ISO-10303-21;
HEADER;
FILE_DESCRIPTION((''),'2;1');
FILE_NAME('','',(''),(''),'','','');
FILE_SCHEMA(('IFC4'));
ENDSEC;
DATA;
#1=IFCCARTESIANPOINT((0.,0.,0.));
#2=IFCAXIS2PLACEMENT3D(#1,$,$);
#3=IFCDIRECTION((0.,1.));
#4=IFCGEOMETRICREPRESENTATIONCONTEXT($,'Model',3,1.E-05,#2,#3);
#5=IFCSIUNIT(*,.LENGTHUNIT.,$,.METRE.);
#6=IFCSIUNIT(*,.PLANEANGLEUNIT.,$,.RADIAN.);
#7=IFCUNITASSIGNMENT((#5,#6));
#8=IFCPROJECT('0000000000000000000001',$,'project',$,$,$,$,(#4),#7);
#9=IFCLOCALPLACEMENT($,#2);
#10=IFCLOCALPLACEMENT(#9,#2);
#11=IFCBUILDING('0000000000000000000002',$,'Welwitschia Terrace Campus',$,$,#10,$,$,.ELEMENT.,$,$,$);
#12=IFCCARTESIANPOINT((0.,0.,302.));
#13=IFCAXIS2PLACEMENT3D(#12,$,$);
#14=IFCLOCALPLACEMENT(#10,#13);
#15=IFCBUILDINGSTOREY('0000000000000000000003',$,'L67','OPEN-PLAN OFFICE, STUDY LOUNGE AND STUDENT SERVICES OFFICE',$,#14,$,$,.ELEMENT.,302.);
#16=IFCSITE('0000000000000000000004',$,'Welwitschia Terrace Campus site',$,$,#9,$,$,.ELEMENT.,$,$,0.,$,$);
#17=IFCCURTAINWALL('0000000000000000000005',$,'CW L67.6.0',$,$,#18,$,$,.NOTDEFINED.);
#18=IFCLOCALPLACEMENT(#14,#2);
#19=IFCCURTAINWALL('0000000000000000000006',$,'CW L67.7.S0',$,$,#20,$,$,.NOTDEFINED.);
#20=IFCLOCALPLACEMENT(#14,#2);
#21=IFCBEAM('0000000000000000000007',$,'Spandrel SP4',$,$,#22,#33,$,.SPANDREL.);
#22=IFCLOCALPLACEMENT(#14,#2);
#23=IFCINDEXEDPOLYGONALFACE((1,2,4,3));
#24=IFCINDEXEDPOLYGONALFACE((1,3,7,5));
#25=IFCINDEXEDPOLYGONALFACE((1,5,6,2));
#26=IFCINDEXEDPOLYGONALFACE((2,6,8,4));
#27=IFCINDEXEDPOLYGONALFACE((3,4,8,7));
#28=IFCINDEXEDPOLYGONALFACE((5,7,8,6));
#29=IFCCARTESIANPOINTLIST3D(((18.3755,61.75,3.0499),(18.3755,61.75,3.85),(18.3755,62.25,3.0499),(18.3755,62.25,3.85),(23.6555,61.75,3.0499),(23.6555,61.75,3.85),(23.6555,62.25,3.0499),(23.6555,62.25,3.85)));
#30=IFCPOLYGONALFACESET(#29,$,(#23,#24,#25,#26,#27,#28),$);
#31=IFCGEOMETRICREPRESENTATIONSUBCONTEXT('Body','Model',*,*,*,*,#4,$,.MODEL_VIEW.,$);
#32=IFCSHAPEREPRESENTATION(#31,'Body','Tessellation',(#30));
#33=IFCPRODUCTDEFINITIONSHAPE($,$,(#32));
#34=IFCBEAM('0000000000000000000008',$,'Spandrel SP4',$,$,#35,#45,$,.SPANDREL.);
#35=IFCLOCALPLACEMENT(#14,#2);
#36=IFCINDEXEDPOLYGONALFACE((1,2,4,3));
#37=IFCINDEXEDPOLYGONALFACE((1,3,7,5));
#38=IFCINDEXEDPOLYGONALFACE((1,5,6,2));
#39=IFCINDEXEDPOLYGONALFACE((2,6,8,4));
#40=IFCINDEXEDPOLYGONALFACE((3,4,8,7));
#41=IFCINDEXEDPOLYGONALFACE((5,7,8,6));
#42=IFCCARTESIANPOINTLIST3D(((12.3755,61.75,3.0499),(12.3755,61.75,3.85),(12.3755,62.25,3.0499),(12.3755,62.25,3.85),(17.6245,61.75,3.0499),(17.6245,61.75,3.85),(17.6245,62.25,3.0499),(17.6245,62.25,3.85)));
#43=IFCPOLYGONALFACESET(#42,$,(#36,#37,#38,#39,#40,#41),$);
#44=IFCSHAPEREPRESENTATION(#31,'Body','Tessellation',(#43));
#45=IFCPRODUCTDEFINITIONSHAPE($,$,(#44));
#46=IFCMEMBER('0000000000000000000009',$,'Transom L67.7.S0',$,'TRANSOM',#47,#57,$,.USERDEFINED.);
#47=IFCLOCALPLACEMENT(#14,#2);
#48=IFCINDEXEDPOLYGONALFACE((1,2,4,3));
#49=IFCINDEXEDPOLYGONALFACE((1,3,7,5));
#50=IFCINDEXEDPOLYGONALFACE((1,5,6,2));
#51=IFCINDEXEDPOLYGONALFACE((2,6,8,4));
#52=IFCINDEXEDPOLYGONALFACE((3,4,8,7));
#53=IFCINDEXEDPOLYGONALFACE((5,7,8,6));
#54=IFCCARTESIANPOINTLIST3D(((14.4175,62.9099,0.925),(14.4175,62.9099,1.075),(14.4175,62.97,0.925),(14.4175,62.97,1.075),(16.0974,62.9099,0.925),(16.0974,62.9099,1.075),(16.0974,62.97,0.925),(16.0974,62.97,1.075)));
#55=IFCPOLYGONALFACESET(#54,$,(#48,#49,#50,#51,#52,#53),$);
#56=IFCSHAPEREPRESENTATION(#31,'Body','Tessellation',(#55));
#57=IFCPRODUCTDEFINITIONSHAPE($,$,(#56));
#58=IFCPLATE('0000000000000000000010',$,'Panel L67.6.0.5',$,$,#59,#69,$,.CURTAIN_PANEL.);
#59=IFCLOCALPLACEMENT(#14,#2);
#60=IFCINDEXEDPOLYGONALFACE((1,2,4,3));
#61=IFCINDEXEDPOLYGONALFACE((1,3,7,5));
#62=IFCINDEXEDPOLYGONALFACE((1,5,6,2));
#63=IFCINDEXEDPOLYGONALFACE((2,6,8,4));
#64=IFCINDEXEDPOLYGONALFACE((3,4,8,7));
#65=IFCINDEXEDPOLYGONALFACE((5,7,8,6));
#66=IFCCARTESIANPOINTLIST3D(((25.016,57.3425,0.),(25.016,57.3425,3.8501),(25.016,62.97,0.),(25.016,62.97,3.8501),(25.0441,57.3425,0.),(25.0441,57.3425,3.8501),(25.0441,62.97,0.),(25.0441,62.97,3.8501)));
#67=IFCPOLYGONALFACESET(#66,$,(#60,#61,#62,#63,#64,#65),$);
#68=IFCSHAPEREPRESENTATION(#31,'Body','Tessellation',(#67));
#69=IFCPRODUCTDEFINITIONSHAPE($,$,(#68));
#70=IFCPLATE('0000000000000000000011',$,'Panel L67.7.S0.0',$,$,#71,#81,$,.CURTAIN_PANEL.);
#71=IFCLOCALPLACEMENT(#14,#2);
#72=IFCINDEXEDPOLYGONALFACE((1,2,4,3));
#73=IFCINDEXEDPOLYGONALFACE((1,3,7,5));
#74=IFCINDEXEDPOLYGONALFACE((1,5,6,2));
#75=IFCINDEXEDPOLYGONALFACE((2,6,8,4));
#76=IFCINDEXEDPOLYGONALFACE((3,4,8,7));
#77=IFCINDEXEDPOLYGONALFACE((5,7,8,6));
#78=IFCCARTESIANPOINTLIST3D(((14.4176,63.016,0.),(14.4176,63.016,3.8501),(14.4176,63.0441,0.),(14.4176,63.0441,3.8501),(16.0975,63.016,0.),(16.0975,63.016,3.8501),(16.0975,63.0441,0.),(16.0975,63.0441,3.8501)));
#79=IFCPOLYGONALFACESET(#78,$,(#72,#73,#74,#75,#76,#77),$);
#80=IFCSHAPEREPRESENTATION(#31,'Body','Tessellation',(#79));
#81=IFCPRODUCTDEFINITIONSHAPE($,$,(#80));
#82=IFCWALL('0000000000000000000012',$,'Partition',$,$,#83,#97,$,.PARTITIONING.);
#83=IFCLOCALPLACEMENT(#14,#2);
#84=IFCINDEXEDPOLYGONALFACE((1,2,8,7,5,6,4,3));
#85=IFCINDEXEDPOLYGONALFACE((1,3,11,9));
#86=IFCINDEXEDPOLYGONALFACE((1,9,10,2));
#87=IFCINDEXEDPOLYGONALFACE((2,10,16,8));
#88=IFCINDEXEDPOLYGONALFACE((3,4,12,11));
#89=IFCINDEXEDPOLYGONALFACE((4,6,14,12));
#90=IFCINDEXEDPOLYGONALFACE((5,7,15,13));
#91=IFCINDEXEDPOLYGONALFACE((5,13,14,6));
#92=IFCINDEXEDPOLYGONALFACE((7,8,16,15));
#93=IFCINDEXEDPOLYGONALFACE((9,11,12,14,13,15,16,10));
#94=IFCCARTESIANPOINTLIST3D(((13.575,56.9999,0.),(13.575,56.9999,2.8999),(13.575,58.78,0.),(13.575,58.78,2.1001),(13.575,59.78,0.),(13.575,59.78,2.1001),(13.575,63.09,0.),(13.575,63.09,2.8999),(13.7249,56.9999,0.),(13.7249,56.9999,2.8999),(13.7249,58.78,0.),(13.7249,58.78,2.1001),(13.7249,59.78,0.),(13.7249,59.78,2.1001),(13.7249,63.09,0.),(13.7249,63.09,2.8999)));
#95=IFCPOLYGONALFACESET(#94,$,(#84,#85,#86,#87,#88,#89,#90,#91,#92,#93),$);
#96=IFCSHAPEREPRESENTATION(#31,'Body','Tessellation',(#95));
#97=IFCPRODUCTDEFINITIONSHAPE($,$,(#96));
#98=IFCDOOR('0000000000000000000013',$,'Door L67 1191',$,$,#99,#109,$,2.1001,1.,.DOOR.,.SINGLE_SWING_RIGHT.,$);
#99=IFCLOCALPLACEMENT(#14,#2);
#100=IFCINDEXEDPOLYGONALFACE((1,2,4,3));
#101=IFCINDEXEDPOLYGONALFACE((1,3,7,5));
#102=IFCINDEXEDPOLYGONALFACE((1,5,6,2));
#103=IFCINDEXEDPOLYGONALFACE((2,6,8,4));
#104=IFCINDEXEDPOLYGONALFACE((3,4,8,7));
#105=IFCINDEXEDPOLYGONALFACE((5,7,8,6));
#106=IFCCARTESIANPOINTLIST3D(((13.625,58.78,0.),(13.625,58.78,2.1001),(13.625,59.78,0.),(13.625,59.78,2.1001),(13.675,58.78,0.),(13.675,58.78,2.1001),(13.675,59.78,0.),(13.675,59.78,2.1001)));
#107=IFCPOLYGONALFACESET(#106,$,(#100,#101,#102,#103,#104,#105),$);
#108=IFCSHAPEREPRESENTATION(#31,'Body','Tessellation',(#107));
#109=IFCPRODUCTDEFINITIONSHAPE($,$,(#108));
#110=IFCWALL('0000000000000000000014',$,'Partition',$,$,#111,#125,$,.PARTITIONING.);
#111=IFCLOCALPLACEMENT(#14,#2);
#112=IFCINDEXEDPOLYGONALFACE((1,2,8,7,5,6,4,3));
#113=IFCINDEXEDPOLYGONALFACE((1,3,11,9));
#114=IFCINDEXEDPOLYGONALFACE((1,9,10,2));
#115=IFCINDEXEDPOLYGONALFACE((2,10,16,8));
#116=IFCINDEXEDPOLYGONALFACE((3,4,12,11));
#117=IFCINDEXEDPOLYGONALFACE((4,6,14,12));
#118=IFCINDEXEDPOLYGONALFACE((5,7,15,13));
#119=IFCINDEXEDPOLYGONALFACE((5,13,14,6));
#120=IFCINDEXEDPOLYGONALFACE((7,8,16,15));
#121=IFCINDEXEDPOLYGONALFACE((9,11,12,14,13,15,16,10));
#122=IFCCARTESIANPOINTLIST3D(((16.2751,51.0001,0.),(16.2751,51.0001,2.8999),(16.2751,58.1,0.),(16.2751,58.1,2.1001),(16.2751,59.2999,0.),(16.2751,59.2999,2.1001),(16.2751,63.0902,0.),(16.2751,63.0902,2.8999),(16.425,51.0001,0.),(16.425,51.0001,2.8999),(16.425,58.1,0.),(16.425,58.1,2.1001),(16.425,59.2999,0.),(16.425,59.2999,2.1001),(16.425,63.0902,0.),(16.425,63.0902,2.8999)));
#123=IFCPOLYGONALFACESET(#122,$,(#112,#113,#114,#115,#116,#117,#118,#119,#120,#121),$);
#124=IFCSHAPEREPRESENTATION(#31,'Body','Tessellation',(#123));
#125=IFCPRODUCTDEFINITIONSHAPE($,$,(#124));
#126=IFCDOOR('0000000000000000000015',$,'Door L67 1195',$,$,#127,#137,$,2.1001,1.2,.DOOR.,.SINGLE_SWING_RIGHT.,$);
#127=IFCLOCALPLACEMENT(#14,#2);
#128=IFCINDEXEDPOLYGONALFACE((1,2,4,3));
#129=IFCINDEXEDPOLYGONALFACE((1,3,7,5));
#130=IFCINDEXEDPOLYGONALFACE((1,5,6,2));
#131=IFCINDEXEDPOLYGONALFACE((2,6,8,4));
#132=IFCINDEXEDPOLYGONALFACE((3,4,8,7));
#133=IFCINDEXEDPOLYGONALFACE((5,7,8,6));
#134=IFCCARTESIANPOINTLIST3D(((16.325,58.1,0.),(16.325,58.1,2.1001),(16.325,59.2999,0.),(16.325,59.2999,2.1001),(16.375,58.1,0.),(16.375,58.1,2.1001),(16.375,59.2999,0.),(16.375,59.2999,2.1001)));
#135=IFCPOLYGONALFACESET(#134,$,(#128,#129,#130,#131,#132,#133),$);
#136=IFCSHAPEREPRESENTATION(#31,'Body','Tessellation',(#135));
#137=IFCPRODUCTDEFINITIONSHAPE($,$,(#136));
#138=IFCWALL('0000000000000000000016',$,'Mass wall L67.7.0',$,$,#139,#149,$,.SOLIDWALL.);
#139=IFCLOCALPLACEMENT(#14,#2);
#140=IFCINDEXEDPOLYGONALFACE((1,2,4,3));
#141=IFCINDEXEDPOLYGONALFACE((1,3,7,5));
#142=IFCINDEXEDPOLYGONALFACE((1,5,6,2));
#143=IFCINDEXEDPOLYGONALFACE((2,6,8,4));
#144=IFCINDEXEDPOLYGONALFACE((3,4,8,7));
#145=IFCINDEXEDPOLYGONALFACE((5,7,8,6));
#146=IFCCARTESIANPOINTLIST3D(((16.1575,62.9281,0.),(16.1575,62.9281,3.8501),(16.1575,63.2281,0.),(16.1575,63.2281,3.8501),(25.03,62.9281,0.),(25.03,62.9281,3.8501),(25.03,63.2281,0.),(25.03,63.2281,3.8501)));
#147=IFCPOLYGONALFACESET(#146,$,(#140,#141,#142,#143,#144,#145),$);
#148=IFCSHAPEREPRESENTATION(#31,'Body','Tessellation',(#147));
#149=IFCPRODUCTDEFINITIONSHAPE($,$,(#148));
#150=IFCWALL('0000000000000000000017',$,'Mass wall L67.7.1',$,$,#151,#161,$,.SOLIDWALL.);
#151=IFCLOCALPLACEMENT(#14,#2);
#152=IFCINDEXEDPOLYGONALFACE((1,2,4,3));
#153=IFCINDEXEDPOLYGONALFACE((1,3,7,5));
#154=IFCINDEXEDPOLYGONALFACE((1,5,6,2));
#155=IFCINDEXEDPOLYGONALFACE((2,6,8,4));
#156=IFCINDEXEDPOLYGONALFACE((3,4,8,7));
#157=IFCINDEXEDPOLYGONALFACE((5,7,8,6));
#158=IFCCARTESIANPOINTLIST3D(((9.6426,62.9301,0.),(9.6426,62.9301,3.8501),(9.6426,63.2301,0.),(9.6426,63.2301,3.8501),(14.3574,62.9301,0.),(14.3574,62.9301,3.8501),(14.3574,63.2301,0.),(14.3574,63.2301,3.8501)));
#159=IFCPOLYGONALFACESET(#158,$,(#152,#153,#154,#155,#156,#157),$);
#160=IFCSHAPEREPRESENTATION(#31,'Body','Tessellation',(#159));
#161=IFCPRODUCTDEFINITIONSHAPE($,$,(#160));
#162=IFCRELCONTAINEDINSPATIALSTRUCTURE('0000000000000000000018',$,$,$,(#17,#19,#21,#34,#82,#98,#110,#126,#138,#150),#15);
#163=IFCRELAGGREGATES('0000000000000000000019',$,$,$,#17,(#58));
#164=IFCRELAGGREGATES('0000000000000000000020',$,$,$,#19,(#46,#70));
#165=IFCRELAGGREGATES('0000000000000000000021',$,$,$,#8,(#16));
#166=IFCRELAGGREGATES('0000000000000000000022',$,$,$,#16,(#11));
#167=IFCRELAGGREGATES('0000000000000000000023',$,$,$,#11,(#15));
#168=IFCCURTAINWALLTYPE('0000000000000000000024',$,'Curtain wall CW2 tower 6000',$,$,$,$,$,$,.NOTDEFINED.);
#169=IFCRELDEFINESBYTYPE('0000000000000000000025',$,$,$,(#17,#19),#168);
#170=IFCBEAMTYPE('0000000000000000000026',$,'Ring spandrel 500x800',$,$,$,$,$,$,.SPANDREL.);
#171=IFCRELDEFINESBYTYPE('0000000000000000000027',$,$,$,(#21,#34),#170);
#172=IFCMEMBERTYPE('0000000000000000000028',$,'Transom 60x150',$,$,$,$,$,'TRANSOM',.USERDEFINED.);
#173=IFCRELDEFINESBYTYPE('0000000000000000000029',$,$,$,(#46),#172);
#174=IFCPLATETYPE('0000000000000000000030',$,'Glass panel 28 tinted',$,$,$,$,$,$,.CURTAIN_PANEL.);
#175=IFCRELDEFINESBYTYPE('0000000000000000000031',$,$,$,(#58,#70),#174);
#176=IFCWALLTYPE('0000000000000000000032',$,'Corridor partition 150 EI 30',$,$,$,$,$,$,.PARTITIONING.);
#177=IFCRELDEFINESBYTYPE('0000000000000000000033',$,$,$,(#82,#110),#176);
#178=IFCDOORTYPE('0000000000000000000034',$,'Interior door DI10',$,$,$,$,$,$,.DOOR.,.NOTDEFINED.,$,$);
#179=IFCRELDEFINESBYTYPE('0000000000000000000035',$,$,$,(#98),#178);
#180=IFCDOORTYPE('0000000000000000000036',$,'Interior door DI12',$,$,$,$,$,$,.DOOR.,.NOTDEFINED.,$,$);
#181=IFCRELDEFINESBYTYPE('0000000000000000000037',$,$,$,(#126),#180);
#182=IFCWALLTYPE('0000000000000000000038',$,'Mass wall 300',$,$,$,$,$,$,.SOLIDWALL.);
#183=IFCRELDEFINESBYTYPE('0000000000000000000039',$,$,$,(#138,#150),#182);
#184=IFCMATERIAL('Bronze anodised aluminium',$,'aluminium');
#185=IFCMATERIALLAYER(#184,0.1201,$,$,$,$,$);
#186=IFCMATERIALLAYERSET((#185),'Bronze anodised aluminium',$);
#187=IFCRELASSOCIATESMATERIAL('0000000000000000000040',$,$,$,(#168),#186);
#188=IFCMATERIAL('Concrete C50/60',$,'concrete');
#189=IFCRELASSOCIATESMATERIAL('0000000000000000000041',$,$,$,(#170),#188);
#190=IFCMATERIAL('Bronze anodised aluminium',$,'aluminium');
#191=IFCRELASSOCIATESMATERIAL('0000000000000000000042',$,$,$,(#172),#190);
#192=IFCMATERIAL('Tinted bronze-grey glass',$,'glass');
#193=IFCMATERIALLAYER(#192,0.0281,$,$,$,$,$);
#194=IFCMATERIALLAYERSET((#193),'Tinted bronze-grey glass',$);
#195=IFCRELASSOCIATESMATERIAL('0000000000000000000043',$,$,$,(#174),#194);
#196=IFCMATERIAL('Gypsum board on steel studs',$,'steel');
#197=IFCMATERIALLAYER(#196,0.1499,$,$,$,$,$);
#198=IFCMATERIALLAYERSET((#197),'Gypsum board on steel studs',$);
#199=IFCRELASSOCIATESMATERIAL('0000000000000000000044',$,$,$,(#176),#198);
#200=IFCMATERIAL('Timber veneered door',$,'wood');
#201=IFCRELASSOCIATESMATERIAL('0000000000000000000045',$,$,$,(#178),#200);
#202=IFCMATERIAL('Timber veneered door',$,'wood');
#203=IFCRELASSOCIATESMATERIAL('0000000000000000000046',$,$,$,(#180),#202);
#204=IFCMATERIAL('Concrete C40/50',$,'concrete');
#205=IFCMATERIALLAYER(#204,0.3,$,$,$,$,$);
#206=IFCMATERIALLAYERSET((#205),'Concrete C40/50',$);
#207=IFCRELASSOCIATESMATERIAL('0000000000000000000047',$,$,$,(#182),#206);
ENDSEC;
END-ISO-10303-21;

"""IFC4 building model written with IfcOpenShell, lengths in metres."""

from ifc_helpers import new_model, si_unit, direction, frame, frame_2d, origin, origin_2d, place, context, subcontext, project, spatial, rectangle, extrude, material, layer, layer_set, material_profile, profile_set, type_object, element, fill, aggregate, save


model = new_model("IFC4")

# Units and contexts
model_context = context("Model", 3, precision=1e-05, world=origin(), true_north=direction((0.0, 1.0)))
body_context = subcontext(model_context, "Body", "Model", "MODEL_VIEW")
ifc_project = project(units=[si_unit("LENGTHUNIT", "METRE"), si_unit("PLANEANGLEUNIT", "RADIAN")], contexts=[model_context])

# Site, building, storey
site_placement = place(None, origin())
site = spatial("IfcSite", under=ifc_project, at=site_placement, Name="Welwitschia Terrace Campus site", CompositionType="ELEMENT", RefElevation=0.0)
building_placement = place(site_placement, origin())
building = spatial("IfcBuilding", under=site, at=building_placement, Name="Welwitschia Terrace Campus", CompositionType="ELEMENT")
storey_placement = place(building_placement, frame((0.0, 0.0, 302.0)))
storey = spatial("IfcBuildingStorey", under=building, at=storey_placement, Name="L67", Description="OPEN-PLAN OFFICE, STUDY LOUNGE AND STUDENT SERVICES OFFICE", CompositionType="ELEMENT", Elevation=302.0)

# Curtain walls
ifc_material_1 = material(Name="Bronze anodised aluminium", Category="aluminium")
ifc_layer_1 = layer(ifc_material_1, 0.1201)
ifc_layer_set_1 = layer_set([ifc_layer_1], Name="Bronze anodised aluminium")
curtain_wall_type = type_object("IfcCurtainWallType", Name="Curtain wall CW2 tower 6000", PredefinedType="NOTDEFINED", material=ifc_layer_set_1)
curtain_wall_1_placement = place(storey_placement, origin())
curtain_wall_1 = element("IfcCurtainWall", 1, at=curtain_wall_1_placement, inside=storey, type_object=curtain_wall_type, Name="CW L67.6.0", PredefinedType="NOTDEFINED")
curtain_wall_2_placement = place(storey_placement, origin())
curtain_wall_2 = element("IfcCurtainWall", 2, at=curtain_wall_2_placement, inside=storey, type_object=curtain_wall_type, Name="CW L67.7.S0", PredefinedType="NOTDEFINED")

# Beams
ifc_material_2 = material(Name="Concrete C50/60", Category="concrete")
ifc_material_profile_1 = material_profile(ifc_material_2, rectangle(XDim=0.5, YDim=0.8, at=origin_2d()))
ifc_profile_set_1 = profile_set([ifc_material_profile_1], Name="Concrete C50/60")
beam_type_1 = type_object("IfcBeamType", Name="Ring spandrel 500x800", PredefinedType="SPANDREL", material=ifc_profile_set_1)
for number, where, z_axis, x_axis, name in (
    (3, (23.6555, 62.0, 3.45), (-1.0, 0.0, 0.0), (0.0, -1.0, 0.0), "Spandrel SP4"),
):
    element("IfcBeam", number, at=place(storey_placement, frame(where, z_axis=z_axis, x_axis=x_axis)), inside=storey, type_object=beam_type_1, Name=name, PredefinedType="SPANDREL", context=body_context, shape_type="SweptSolid", body=[
        extrude(rectangle(XDim=0.5, YDim=0.8, at=origin_2d()), origin(), (0.0, 0.0, 1.0), 5.28),
    ])
beam_1_placement = place(storey_placement, frame((17.6245, 62.0, 3.45), z_axis=(-1.0, 0.0, 0.0), x_axis=(0.0, -1.0, 0.0)))
element("IfcBeam", 4, at=beam_1_placement, inside=storey, type_object=beam_type_1, Name="Spandrel SP4", PredefinedType="SPANDREL", context=body_context, shape_type="SweptSolid", body=[
    extrude(rectangle(XDim=0.5, YDim=0.8, at=origin_2d()), origin(), (0.0, 0.0, 1.0), 5.249),
])

# Member
ifc_material_3 = material(Name="Bronze anodised aluminium", Category="aluminium")
ifc_material_profile_2 = material_profile(ifc_material_3, rectangle(XDim=0.0601, YDim=0.1499, at=origin_2d()))
ifc_profile_set_2 = profile_set([ifc_material_profile_2], Name="Bronze anodised aluminium")
member_type_1 = type_object("IfcMemberType", Name="Transom 60x150", ElementType="TRANSOM", PredefinedType="USERDEFINED", material=ifc_profile_set_2)
member_1_placement = place(storey_placement, frame((16.0974, 62.9399, 1.0), z_axis=(-1.0, 0.0, 0.0), x_axis=(0.0, -1.0, 0.0)))
member_1 = element("IfcMember", 5, at=member_1_placement, type_object=member_type_1, Name="Transom L67.7.S0", ObjectType="TRANSOM", PredefinedType="USERDEFINED", context=body_context, shape_type="SweptSolid", body=[
    extrude(rectangle(XDim=0.0601, YDim=0.1499, at=origin_2d()), origin(), (0.0, 0.0, 1.0), 1.6799),
])

# Plates
ifc_material_4 = material(Name="Tinted bronze-grey glass", Category="glass")
ifc_layer_2 = layer(ifc_material_4, 0.0281)
ifc_layer_set_2 = layer_set([ifc_layer_2], Name="Tinted bronze-grey glass")
plate_type = type_object("IfcPlateType", Name="Glass panel 28 tinted", PredefinedType="CURTAIN_PANEL", material=ifc_layer_set_2)
plate_1_placement = place(storey_placement, frame((25.03, 60.1562, 0.0), z_axis=(0.0, 0.0, 1.0), x_axis=(0.0, 1.0, 0.0)))
plate_1 = element("IfcPlate", 6, at=plate_1_placement, type_object=plate_type, Name="Panel L67.6.0.5", PredefinedType="CURTAIN_PANEL", context=body_context, shape_type="SweptSolid", body=[
    extrude(rectangle(XDim=5.6274, YDim=0.0281, at=origin_2d()), origin(), (0.0, 0.0, 1.0), 3.8501),
])
aggregate(curtain_wall_1, [plate_1])
plate_2_placement = place(storey_placement, frame((15.2576, 63.03, 0.0), z_axis=(0.0, 0.0, 1.0), x_axis=(-1.0, 0.0, 0.0)))
plate_2 = element("IfcPlate", 7, at=plate_2_placement, type_object=plate_type, Name="Panel L67.7.S0.0", PredefinedType="CURTAIN_PANEL", context=body_context, shape_type="SweptSolid", body=[
    extrude(rectangle(XDim=1.6799, YDim=0.0281, at=origin_2d()), origin(), (0.0, 0.0, 1.0), 3.8501),
])
aggregate(curtain_wall_2, [member_1, plate_2])

# Walls, openings, doors
ifc_material_5 = material(Name="Gypsum board on steel studs", Category="steel")
ifc_layer_3 = layer(ifc_material_5, 0.1499)
ifc_layer_set_3 = layer_set([ifc_layer_3], Name="Gypsum board on steel studs")
wall_type_1 = type_object("IfcWallType", Name="Corridor partition 150 EI 30", PredefinedType="PARTITIONING", material=ifc_layer_set_3)
wall_1_placement = place(storey_placement, frame((13.6499, 57.0, 0.0), z_axis=(0.0, 0.0, 1.0), x_axis=(0.0, 1.0, 0.0)))
wall_1 = element("IfcWall", 8, at=wall_1_placement, inside=storey, type_object=wall_type_1, Name="Partition", PredefinedType="PARTITIONING", context=body_context, shape_type="SweptSolid", body=[
    extrude(rectangle(XDim=6.0901, YDim=0.1499, at=frame_2d((3.0449, 0.0))), origin(), (0.0, 0.0, 1.0), 2.8999),
])
opening_1_placement = place(wall_1_placement, frame((1.78, 0.0, 0.0)))
opening_1 = element("IfcOpeningElement", 9, at=opening_1_placement, cuts=wall_1, PredefinedType="OPENING", context=body_context, shape_type="SweptSolid", body=[
    extrude(rectangle(XDim=1.0, YDim=2.1001, at=frame_2d((0.5, 1.05))), frame((0.0, 0.085, 0.0), z_axis=(0.0, -1.0, 0.0), x_axis=(1.0, 0.0, 0.0)), (0.0, 0.0, 1.0), 0.1699),
])
ifc_material_6 = material(Name="Timber veneered door", Category="wood")
door_type_1 = type_object("IfcDoorType", Name="Interior door DI10", OperationType="NOTDEFINED", PredefinedType="DOOR", material=ifc_material_6)
door_1_placement = place(opening_1_placement, origin())
door_1 = element("IfcDoor", 10, at=door_1_placement, inside=storey, type_object=door_type_1, Name="Door L67 1191", OperationType="SINGLE_SWING_RIGHT", OverallHeight=2.1001, OverallWidth=1.0, PredefinedType="DOOR", context=body_context, shape_type="SweptSolid", body=[
    extrude(rectangle(XDim=1.0, YDim=2.1001, at=frame_2d((0.5, 1.05))), frame((0.0, 0.0249, 0.0), z_axis=(0.0, -1.0, 0.0), x_axis=(1.0, 0.0, 0.0)), (0.0, 0.0, 1.0), 0.05),
])
fill(opening_1, door_1)
wall_2_placement = place(storey_placement, frame((16.3501, 63.0901, 0.0), z_axis=(0.0, 0.0, 1.0), x_axis=(0.0, -1.0, 0.0)))
wall_2 = element("IfcWall", 11, at=wall_2_placement, inside=storey, type_object=wall_type_1, Name="Partition", PredefinedType="PARTITIONING", context=body_context, shape_type="SweptSolid", body=[
    extrude(rectangle(XDim=12.0901, YDim=0.1499, at=frame_2d((6.0449, 0.0))), origin(), (0.0, 0.0, 1.0), 2.8999),
])
opening_2_placement = place(wall_2_placement, frame((3.79, 0.0, 0.0)))
opening_2 = element("IfcOpeningElement", 12, at=opening_2_placement, cuts=wall_2, PredefinedType="OPENING", context=body_context, shape_type="SweptSolid", body=[
    extrude(rectangle(XDim=1.2, YDim=2.1001, at=frame_2d((0.6001, 1.05))), frame((0.0, 0.085, 0.0), z_axis=(0.0, -1.0, 0.0), x_axis=(1.0, 0.0, 0.0)), (0.0, 0.0, 1.0), 0.1699),
])
ifc_material_7 = material(Name="Timber veneered door", Category="wood")
door_type_2 = type_object("IfcDoorType", Name="Interior door DI12", OperationType="NOTDEFINED", PredefinedType="DOOR", material=ifc_material_7)
door_2_placement = place(opening_2_placement, origin())
door_2 = element("IfcDoor", 13, at=door_2_placement, inside=storey, type_object=door_type_2, Name="Door L67 1195", OperationType="SINGLE_SWING_RIGHT", OverallHeight=2.1001, OverallWidth=1.2, PredefinedType="DOOR", context=body_context, shape_type="SweptSolid", body=[
    extrude(rectangle(XDim=1.2, YDim=2.1001, at=frame_2d((0.6001, 1.05))), frame((0.0, 0.0249, 0.0), z_axis=(0.0, -1.0, 0.0), x_axis=(1.0, 0.0, 0.0)), (0.0, 0.0, 1.0), 0.05),
])
fill(opening_2, door_2)

# Walls
ifc_material_8 = material(Name="Concrete C40/50", Category="concrete")
ifc_layer_4 = layer(ifc_material_8, 0.3)
ifc_layer_set_4 = layer_set([ifc_layer_4], Name="Concrete C40/50")
wall_type_2 = type_object("IfcWallType", Name="Mass wall 300", PredefinedType="SOLIDWALL", material=ifc_layer_set_4)
wall_3_placement = place(storey_placement, frame((25.03, 63.0781, 0.0), z_axis=(0.0, 0.0, 1.0), x_axis=(-1.0, 0.0, 0.0)))
element("IfcWall", 14, at=wall_3_placement, inside=storey, type_object=wall_type_2, Name="Mass wall L67.7.0", PredefinedType="SOLIDWALL", context=body_context, shape_type="SweptSolid", body=[
    extrude(rectangle(XDim=8.8726, YDim=0.3, at=frame_2d((4.4363, 0.0))), origin(), (0.0, 0.0, 1.0), 3.8501),
])
wall_4_placement = place(storey_placement, frame((14.3574, 63.0801, 0.0), z_axis=(0.0, 0.0, 1.0), x_axis=(-1.0, 0.0, 0.0)))
element("IfcWall", 15, at=wall_4_placement, inside=storey, type_object=wall_type_2, Name="Mass wall L67.7.1", PredefinedType="SOLIDWALL", context=body_context, shape_type="SweptSolid", body=[
    extrude(rectangle(XDim=4.7148, YDim=0.3, at=frame_2d((2.3574, 0.0))), origin(), (0.0, 0.0, 1.0), 3.8501),
])

save(model, "model.ifc")
